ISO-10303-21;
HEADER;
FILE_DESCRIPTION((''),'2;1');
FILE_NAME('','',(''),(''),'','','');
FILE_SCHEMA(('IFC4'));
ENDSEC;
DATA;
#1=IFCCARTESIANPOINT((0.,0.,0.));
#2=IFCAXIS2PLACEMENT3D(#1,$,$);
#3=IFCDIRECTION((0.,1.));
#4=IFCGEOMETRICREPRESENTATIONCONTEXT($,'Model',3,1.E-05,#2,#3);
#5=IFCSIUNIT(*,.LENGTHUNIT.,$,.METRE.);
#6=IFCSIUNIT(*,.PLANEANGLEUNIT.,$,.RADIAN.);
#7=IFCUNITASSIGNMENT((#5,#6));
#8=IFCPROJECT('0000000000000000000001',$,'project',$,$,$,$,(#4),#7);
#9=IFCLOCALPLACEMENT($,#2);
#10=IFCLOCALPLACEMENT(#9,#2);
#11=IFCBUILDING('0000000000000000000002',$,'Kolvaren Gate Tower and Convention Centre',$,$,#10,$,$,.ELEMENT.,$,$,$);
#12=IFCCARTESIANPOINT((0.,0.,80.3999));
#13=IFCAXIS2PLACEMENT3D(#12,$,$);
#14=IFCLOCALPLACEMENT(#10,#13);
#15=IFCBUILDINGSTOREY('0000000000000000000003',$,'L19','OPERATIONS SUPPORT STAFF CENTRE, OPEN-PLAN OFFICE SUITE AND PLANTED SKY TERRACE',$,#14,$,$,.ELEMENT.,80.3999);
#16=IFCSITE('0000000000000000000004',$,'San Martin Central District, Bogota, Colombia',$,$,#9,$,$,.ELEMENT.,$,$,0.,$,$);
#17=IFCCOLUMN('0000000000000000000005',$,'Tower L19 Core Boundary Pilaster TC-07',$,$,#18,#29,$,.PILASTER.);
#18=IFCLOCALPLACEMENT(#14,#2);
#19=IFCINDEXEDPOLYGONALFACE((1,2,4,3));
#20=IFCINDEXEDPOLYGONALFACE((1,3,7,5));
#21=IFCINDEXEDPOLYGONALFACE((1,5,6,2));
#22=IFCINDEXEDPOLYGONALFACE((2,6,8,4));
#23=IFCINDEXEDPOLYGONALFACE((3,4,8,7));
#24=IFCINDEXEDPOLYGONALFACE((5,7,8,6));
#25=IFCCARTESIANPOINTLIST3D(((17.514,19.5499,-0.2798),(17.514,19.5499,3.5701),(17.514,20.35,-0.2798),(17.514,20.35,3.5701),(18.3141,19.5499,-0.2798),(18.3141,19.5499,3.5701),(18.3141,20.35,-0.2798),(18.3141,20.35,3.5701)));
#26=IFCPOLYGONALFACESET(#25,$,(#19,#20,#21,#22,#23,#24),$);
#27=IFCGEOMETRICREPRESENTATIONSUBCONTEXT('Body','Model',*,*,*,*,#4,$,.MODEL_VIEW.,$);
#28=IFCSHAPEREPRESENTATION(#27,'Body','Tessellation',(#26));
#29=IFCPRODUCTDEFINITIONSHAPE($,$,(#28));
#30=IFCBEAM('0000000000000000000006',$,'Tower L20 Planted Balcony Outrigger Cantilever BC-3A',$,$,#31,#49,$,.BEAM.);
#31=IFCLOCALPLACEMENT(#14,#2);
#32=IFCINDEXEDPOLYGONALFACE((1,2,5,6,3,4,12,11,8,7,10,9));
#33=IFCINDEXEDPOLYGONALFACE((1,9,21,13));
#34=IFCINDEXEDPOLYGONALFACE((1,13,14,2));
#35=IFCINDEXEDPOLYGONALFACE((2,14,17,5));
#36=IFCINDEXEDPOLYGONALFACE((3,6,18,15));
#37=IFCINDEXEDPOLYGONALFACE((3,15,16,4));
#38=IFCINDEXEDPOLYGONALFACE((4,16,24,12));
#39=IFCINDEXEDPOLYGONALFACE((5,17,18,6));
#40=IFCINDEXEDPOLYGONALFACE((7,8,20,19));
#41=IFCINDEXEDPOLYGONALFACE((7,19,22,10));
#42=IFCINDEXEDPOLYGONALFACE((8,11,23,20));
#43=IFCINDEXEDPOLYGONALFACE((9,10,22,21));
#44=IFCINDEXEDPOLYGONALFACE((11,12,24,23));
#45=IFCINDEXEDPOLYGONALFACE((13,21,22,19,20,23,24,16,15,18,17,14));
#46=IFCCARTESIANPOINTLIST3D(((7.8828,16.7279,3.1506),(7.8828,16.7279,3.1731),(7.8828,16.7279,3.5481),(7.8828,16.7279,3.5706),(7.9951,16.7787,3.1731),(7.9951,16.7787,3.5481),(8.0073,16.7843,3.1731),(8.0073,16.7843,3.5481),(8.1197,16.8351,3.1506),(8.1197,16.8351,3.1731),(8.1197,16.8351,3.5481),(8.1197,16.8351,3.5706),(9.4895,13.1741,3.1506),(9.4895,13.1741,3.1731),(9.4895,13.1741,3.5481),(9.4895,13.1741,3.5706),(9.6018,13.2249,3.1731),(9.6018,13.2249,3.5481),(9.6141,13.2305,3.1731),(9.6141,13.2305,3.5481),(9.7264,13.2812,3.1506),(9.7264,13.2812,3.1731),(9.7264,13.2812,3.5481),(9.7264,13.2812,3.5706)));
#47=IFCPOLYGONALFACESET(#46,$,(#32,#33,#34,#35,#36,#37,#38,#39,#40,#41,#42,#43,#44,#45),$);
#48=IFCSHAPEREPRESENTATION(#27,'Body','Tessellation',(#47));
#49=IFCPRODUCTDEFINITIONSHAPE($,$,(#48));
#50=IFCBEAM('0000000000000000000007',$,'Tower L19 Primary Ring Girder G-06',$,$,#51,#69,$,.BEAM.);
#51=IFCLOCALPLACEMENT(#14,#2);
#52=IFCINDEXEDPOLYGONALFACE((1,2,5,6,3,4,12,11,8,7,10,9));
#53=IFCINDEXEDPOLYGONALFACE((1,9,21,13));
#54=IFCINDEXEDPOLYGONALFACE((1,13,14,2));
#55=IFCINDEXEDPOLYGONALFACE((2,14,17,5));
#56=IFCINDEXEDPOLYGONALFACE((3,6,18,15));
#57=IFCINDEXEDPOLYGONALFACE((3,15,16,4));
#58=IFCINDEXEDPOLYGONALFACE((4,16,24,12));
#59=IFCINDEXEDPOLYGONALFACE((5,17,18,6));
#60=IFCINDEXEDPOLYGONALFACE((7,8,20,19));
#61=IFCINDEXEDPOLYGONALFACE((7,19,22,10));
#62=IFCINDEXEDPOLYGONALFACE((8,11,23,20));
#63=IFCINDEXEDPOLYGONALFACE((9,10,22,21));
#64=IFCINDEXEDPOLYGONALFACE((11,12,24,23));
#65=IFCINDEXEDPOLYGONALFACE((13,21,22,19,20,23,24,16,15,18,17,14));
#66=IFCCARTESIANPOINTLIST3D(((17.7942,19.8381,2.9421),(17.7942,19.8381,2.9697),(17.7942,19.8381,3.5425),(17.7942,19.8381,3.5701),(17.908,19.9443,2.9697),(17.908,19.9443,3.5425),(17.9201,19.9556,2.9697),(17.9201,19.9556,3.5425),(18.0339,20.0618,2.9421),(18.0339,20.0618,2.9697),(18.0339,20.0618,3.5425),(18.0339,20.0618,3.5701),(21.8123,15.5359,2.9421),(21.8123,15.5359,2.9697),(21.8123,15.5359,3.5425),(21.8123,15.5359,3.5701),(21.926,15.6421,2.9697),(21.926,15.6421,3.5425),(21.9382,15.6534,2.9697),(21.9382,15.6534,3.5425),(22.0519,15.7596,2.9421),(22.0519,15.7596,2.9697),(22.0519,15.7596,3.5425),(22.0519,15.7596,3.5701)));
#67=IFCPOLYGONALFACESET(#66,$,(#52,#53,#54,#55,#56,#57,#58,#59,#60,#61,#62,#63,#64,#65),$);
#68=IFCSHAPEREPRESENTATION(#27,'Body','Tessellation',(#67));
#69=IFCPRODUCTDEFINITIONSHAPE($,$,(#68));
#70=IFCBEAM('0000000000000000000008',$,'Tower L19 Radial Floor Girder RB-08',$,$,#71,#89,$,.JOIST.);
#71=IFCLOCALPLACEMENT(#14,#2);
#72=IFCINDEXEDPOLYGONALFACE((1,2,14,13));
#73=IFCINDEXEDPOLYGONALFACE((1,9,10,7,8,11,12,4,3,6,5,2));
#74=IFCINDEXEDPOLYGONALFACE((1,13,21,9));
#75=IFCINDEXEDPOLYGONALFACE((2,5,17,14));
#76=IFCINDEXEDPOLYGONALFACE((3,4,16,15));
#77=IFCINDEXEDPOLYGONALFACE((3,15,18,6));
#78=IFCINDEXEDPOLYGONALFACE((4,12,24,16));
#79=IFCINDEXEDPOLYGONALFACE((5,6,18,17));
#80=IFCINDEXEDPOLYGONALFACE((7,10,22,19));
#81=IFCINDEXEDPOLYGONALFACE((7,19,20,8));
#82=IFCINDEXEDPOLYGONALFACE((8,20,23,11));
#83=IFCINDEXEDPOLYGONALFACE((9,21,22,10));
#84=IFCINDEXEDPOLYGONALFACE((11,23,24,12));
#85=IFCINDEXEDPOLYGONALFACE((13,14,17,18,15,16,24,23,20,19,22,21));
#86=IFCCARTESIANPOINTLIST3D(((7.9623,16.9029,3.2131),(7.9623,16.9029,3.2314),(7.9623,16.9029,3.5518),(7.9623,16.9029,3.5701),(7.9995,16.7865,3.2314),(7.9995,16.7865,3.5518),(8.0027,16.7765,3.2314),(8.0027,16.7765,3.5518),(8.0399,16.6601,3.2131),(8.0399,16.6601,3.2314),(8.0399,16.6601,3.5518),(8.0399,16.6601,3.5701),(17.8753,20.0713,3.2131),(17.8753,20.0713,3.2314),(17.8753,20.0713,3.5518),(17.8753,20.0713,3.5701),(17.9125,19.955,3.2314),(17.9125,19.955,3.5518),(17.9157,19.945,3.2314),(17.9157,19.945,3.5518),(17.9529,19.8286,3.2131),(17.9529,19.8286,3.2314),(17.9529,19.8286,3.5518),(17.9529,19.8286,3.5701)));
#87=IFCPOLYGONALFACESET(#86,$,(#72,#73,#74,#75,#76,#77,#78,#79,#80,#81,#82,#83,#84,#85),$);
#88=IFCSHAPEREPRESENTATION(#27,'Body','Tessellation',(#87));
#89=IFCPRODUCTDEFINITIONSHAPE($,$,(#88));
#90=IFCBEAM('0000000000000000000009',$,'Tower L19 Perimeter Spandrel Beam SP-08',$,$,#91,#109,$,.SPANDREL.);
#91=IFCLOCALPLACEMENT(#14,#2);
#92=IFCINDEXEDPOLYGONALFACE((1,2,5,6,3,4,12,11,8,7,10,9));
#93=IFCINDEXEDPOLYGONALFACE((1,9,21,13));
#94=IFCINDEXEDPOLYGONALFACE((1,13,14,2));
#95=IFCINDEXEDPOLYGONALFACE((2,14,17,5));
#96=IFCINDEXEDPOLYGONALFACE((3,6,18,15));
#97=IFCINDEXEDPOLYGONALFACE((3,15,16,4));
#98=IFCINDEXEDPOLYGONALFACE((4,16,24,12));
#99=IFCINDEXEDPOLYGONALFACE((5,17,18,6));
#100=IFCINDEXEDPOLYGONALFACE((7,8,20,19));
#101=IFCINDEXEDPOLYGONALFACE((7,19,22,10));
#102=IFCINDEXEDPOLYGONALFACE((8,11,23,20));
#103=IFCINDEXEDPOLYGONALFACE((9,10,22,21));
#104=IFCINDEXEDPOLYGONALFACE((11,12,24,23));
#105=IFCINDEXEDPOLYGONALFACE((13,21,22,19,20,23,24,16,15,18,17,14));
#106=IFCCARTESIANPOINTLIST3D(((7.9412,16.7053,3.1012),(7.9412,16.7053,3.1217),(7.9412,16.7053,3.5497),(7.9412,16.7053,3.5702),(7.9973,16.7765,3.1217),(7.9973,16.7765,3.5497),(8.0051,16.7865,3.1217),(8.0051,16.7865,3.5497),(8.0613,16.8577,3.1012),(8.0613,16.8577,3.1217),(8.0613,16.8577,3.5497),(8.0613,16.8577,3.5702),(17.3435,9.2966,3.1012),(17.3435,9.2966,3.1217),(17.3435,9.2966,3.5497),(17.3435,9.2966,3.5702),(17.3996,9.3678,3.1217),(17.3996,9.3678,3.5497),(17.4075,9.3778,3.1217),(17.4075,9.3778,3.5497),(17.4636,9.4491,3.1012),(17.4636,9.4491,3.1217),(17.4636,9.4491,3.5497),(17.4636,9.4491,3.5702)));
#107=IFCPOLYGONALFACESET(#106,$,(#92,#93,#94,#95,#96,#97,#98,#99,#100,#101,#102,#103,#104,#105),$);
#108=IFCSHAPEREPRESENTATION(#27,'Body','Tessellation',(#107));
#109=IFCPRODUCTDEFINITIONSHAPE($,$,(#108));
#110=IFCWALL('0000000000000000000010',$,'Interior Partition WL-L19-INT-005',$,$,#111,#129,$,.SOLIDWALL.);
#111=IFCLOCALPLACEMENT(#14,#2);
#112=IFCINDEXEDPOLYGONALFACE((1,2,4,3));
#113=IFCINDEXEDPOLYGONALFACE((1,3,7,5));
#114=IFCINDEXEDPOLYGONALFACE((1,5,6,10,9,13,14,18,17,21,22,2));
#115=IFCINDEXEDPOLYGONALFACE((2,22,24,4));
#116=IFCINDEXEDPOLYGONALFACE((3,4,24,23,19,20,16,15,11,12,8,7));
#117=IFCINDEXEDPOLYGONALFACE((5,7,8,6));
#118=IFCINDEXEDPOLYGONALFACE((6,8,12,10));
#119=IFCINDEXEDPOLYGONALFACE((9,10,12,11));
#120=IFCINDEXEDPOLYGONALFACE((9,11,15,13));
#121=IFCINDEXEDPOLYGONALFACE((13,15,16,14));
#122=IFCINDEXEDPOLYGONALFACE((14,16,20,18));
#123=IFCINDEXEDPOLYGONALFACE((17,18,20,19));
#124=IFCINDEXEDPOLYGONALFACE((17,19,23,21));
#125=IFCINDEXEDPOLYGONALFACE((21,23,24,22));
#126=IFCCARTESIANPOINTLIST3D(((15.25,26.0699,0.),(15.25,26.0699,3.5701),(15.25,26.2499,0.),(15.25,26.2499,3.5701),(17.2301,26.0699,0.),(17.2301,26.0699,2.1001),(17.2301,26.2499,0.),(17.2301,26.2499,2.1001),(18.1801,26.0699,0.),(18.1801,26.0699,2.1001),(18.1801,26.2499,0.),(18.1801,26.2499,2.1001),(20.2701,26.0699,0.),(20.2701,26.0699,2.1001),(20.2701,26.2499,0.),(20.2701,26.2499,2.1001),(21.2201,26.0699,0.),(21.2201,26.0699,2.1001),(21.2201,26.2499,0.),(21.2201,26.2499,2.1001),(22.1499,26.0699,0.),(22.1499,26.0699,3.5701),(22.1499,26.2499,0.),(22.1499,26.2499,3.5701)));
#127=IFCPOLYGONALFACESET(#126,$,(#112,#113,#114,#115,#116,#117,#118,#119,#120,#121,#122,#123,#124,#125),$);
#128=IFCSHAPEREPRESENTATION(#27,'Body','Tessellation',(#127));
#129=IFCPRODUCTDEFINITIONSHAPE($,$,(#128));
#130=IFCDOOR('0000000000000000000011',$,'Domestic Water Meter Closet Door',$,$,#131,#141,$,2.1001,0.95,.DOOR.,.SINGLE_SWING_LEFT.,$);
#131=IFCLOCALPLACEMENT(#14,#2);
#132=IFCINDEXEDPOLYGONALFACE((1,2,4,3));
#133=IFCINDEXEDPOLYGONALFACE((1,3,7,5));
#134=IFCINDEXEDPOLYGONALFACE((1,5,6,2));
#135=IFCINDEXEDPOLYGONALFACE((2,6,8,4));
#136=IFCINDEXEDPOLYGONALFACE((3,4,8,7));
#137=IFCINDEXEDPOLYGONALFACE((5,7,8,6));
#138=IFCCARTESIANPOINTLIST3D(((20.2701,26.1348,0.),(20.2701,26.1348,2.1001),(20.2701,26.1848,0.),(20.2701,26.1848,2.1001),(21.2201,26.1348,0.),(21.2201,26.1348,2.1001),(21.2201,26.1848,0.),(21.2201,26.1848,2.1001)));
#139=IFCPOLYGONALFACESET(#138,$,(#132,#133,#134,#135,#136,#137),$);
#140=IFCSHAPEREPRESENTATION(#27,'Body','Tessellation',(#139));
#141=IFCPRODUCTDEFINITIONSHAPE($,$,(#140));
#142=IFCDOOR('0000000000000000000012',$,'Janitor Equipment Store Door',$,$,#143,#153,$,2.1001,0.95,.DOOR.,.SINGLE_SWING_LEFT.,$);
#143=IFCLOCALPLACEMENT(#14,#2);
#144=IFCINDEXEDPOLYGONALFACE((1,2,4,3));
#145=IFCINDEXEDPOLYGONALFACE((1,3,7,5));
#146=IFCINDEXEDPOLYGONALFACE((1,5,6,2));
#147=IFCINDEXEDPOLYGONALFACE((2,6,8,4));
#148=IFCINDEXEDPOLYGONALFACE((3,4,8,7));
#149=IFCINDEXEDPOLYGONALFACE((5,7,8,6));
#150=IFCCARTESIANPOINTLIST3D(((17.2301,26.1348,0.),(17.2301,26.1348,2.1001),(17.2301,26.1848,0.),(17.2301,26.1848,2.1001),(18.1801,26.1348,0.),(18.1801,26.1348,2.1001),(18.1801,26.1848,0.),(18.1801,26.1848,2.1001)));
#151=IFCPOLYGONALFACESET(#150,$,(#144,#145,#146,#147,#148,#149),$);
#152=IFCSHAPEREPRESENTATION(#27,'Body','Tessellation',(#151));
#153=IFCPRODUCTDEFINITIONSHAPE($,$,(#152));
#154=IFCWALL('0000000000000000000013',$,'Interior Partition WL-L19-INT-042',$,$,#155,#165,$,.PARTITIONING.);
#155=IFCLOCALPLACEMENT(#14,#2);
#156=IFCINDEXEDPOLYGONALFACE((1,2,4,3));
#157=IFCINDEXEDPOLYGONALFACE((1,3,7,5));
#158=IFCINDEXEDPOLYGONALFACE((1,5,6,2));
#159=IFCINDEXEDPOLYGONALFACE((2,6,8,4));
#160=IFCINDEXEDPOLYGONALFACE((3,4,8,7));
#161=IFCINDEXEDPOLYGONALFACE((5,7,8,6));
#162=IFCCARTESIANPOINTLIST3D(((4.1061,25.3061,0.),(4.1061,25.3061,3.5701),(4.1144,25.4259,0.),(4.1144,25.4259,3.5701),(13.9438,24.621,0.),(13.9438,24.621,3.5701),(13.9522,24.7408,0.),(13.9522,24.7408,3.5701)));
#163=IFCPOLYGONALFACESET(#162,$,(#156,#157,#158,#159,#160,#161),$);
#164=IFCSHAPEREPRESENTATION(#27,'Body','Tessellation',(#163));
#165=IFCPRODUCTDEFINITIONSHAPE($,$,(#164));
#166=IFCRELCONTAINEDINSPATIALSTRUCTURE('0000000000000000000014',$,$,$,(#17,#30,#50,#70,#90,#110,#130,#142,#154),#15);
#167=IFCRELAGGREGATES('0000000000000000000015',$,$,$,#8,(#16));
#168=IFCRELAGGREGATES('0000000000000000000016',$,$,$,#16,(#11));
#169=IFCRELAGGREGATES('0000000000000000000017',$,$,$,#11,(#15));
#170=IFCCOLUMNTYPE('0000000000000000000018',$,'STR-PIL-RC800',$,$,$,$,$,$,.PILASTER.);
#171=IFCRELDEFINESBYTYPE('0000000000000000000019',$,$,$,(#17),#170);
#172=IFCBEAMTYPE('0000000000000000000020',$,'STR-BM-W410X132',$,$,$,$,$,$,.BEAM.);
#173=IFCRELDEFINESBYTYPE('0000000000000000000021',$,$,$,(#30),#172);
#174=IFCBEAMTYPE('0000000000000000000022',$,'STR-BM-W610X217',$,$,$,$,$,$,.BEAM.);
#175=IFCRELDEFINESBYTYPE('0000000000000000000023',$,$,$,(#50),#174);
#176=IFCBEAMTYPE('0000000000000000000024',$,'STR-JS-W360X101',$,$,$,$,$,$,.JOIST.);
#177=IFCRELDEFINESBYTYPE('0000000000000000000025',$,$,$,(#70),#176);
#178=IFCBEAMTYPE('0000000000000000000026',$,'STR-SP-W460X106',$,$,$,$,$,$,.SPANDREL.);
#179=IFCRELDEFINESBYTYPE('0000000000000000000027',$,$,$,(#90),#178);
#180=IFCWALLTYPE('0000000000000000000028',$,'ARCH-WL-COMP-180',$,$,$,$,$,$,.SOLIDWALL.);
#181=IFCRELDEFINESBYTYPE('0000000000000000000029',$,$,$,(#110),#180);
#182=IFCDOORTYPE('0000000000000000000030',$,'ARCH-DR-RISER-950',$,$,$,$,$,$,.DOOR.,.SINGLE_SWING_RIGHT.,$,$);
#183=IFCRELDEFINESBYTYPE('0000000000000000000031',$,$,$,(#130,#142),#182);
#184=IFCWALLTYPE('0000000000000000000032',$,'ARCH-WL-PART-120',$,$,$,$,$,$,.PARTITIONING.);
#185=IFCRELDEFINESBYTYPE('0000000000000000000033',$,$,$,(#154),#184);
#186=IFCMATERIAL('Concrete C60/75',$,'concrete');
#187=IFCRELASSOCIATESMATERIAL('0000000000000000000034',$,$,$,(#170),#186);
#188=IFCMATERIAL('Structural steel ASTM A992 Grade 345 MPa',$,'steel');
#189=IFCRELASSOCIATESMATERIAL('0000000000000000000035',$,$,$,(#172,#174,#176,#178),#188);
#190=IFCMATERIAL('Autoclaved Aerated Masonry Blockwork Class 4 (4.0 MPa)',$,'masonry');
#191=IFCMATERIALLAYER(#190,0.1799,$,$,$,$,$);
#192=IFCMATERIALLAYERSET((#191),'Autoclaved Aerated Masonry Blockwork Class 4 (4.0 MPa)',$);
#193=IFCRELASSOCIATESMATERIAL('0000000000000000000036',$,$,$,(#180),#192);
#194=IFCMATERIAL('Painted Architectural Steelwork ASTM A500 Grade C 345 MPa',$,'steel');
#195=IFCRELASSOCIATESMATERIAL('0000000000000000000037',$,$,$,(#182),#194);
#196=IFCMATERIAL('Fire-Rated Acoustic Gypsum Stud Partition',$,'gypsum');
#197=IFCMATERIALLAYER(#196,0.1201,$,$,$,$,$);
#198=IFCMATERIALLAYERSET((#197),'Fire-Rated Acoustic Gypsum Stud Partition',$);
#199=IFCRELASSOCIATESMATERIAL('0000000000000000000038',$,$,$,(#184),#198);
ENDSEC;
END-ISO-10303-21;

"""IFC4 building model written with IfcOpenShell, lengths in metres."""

from ifc_helpers import new_model, si_unit, direction, frame, frame_2d, origin, origin_2d, place, context, subcontext, project, spatial, rectangle, i_section, extrude, material, layer, layer_set, material_profile, profile_set, type_object, element, fill, save


model = new_model("IFC4")

# Units and contexts
model_context = context("Model", 3, precision=1e-05, world=origin(), true_north=direction((0.0, 1.0)))
body_context = subcontext(model_context, "Body", "Model", "MODEL_VIEW")
ifc_project = project(units=[si_unit("LENGTHUNIT", "METRE"), si_unit("PLANEANGLEUNIT", "RADIAN")], contexts=[model_context])

# Site, building, storey
site_placement = place(None, origin())
site = spatial("IfcSite", under=ifc_project, at=site_placement, Name="San Martin Central District, Bogota, Colombia", CompositionType="ELEMENT", RefElevation=0.0)
building_placement = place(site_placement, origin())
building = spatial("IfcBuilding", under=site, at=building_placement, Name="Kolvaren Gate Tower and Convention Centre", CompositionType="ELEMENT")
storey_placement = place(building_placement, frame((0.0, 0.0, 80.3999)))
storey = spatial("IfcBuildingStorey", under=building, at=storey_placement, Name="L19", Description="OPERATIONS SUPPORT STAFF CENTRE, OPEN-PLAN OFFICE SUITE AND PLANTED SKY TERRACE", CompositionType="ELEMENT", Elevation=80.3999)

# Column
ifc_material_1 = material(Name="Concrete C60/75", Category="concrete")
ifc_material_profile_1 = material_profile(ifc_material_1, rectangle(XDim=0.8, YDim=0.8, at=origin_2d()), Name="RC-COL-800X800")
ifc_profile_set_1 = profile_set([ifc_material_profile_1], Name="Concrete C60/75")
column_type = type_object("IfcColumnType", Name="STR-PIL-RC800", PredefinedType="PILASTER", material=ifc_profile_set_1)
column_placement = place(storey_placement, frame((17.9141, 19.95, -0.2798), z_axis=(0.0, 0.0, 1.0), x_axis=(1.0, 0.0, 0.0)))
element("IfcColumn", 1, at=column_placement, inside=storey, type_object=column_type, Name="Tower L19 Core Boundary Pilaster TC-07", PredefinedType="PILASTER", context=body_context, shape_type="SweptSolid", body=[
    extrude(rectangle(XDim=0.8, YDim=0.8, at=origin_2d()), origin(), (0.0, 0.0, 1.0), 3.8499),
])

# Beams
ifc_material_2 = material(Name="Structural steel ASTM A992 Grade 345 MPa", Category="steel")
ifc_material_profile_2 = material_profile(ifc_material_2, i_section(OverallWidth=0.26, OverallDepth=0.4199, WebThickness=0.0134, FlangeThickness=0.0225, at=origin_2d()), Name="W410X132")
ifc_profile_set_2 = profile_set([ifc_material_profile_2], Name="Structural steel ASTM A992 Grade 345 MPa")
beam_type_1 = type_object("IfcBeamType", Name="STR-BM-W410X132", PredefinedType="BEAM", material=ifc_profile_set_2)
beam_1_placement = place(storey_placement, frame((8.0012, 16.7815, 3.3606), z_axis=(0.411967, -0.911199, 0.0), x_axis=(0.911199, 0.411967, 0.0)))
element("IfcBeam", 2, at=beam_1_placement, inside=storey, type_object=beam_type_1, Name="Tower L20 Planted Balcony Outrigger Cantilever BC-3A", PredefinedType="BEAM", context=body_context, shape_type="SweptSolid", body=[
    extrude(i_section(OverallWidth=0.26, OverallDepth=0.4199, WebThickness=0.0134, FlangeThickness=0.0225, at=origin_2d()), origin(), (0.0, 0.0, 1.0), 3.9001),
])
ifc_material_profile_3 = material_profile(ifc_material_2, i_section(OverallWidth=0.3279, OverallDepth=0.6279, WebThickness=0.0166, FlangeThickness=0.0276, at=origin_2d()), Name="W610X217")
ifc_profile_set_3 = profile_set([ifc_material_profile_3], Name="Structural steel ASTM A992 Grade 345 MPa")
beam_type_2 = type_object("IfcBeamType", Name="STR-BM-W610X217", PredefinedType="BEAM", material=ifc_profile_set_3)
beam_2_placement = place(storey_placement, frame((17.9141, 19.95, 3.2561), z_axis=(0.682558, -0.730832, 0.0), x_axis=(0.730832, 0.682558, 0.0)))
element("IfcBeam", 3, at=beam_2_placement, inside=storey, type_object=beam_type_2, Name="Tower L19 Primary Ring Girder G-06", PredefinedType="BEAM", context=body_context, shape_type="SweptSolid", body=[
    extrude(i_section(OverallWidth=0.3279, OverallDepth=0.6279, WebThickness=0.0166, FlangeThickness=0.0276, at=origin_2d()), origin(), (0.0, 0.0, 1.0), 5.8867),
])
ifc_material_profile_4 = material_profile(ifc_material_2, i_section(OverallWidth=0.2549, OverallDepth=0.3569, WebThickness=0.0105, FlangeThickness=0.0183, at=origin_2d()), Name="W360X101")
ifc_profile_set_4 = profile_set([ifc_material_profile_4], Name="Structural steel ASTM A992 Grade 345 MPa")
beam_type_3 = type_object("IfcBeamType", Name="STR-JS-W360X101", PredefinedType="JOIST", material=ifc_profile_set_4)
beam_3_placement = place(storey_placement, frame((17.9141, 19.95, 3.3916), z_axis=(-0.952526, -0.304457, 0.0), x_axis=(0.304457, -0.952526, 0.0)))
element("IfcBeam", 4, at=beam_3_placement, inside=storey, type_object=beam_type_3, Name="Tower L19 Radial Floor Girder RB-08", PredefinedType="JOIST", context=body_context, shape_type="SweptSolid", body=[
    extrude(i_section(OverallWidth=0.2549, OverallDepth=0.3569, WebThickness=0.0105, FlangeThickness=0.0183, at=origin_2d()), origin(), (0.0, 0.0, 1.0), 10.407),
])
ifc_material_profile_5 = material_profile(ifc_material_2, i_section(OverallWidth=0.1941, OverallDepth=0.469, WebThickness=0.0127, FlangeThickness=0.0205, at=origin_2d()), Name="W460X106")
ifc_profile_set_5 = profile_set([ifc_material_profile_5], Name="Structural steel ASTM A992 Grade 345 MPa")
beam_type_4 = type_object("IfcBeamType", Name="STR-SP-W460X106", PredefinedType="SPANDREL", material=ifc_profile_set_5)
beam_4_placement = place(storey_placement, frame((8.0012, 16.7815, 3.3357), z_axis=(0.78546, -0.618913, 0.0), x_axis=(0.618913, 0.78546, 0.0)))
element("IfcBeam", 5, at=beam_4_placement, inside=storey, type_object=beam_type_4, Name="Tower L19 Perimeter Spandrel Beam SP-08", PredefinedType="SPANDREL", context=body_context, shape_type="SweptSolid", body=[
    extrude(i_section(OverallWidth=0.1941, OverallDepth=0.469, WebThickness=0.0127, FlangeThickness=0.0205, at=origin_2d()), origin(), (0.0, 0.0, 1.0), 11.9705),
])

# Wall, openings, doors
ifc_material_3 = material(Name="Autoclaved Aerated Masonry Blockwork Class 4 (4.0 MPa)", Category="masonry")
ifc_layer_1 = layer(ifc_material_3, 0.1799)
ifc_layer_set_1 = layer_set([ifc_layer_1], Name="Autoclaved Aerated Masonry Blockwork Class 4 (4.0 MPa)")
wall_type_1 = type_object("IfcWallType", Name="ARCH-WL-COMP-180", PredefinedType="SOLIDWALL", material=ifc_layer_set_1)
wall_1_placement = place(storey_placement, frame((15.25, 26.1599, 0.0), z_axis=(0.0, 0.0, 1.0), x_axis=(1.0, 0.0, 0.0)))
wall_1 = element("IfcWall", 6, at=wall_1_placement, inside=storey, type_object=wall_type_1, Name="Interior Partition WL-L19-INT-005", PredefinedType="SOLIDWALL", context=body_context, shape_type="SweptSolid", body=[
    extrude(rectangle(XDim=6.8999, YDim=0.1799, at=frame_2d((3.45, 0.0))), origin(), (0.0, 0.0, 1.0), 3.5701),
])
opening_1_placement = place(wall_1_placement, frame((5.02, 0.0, 0.0)))
opening_1 = element("IfcOpeningElement", 7, at=opening_1_placement, cuts=wall_1, PredefinedType="OPENING", context=body_context, shape_type="SweptSolid", body=[
    extrude(rectangle(XDim=0.95, YDim=2.1001, at=frame_2d((0.4751, 1.05))), frame((0.0, 0.0999, 0.0), z_axis=(0.0, -1.0, 0.0), x_axis=(1.0, 0.0, 0.0)), (0.0, 0.0, 1.0), 0.2),
])
opening_2_placement = place(wall_1_placement, frame((1.98, 0.0, 0.0)))
opening_2 = element("IfcOpeningElement", 8, at=opening_2_placement, cuts=wall_1, PredefinedType="OPENING", context=body_context, shape_type="SweptSolid", body=[
    extrude(rectangle(XDim=0.95, YDim=2.1001, at=frame_2d((0.4751, 1.05))), frame((0.0, 0.0999, 0.0), z_axis=(0.0, -1.0, 0.0), x_axis=(1.0, 0.0, 0.0)), (0.0, 0.0, 1.0), 0.2),
])
ifc_material_4 = material(Name="Painted Architectural Steelwork ASTM A500 Grade C 345 MPa", Category="steel")
door_type = type_object("IfcDoorType", Name="ARCH-DR-RISER-950", OperationType="SINGLE_SWING_RIGHT", PredefinedType="DOOR", material=ifc_material_4)
door_1_placement = place(opening_1_placement, origin())
door_1 = element("IfcDoor", 9, at=door_1_placement, inside=storey, type_object=door_type, Name="Domestic Water Meter Closet Door", OperationType="SINGLE_SWING_LEFT", OverallHeight=2.1001, OverallWidth=0.95, PredefinedType="DOOR", context=body_context, shape_type="SweptSolid", body=[
    extrude(rectangle(XDim=0.95, YDim=2.1001, at=frame_2d((0.4751, 1.05))), frame((0.0, 0.0249, 0.0), z_axis=(0.0, -1.0, 0.0), x_axis=(1.0, 0.0, 0.0)), (0.0, 0.0, 1.0), 0.05),
])
fill(opening_1, door_1)
door_2_placement = place(opening_2_placement, origin())
door_2 = element("IfcDoor", 10, at=door_2_placement, inside=storey, type_object=door_type, Name="Janitor Equipment Store Door", OperationType="SINGLE_SWING_LEFT", OverallHeight=2.1001, OverallWidth=0.95, PredefinedType="DOOR", context=body_context, shape_type="SweptSolid", body=[
    extrude(rectangle(XDim=0.95, YDim=2.1001, at=frame_2d((0.4751, 1.05))), frame((0.0, 0.0249, 0.0), z_axis=(0.0, -1.0, 0.0), x_axis=(1.0, 0.0, 0.0)), (0.0, 0.0, 1.0), 0.05),
])
fill(opening_2, door_2)

# Wall
ifc_material_5 = material(Name="Fire-Rated Acoustic Gypsum Stud Partition", Category="gypsum")
ifc_layer_2 = layer(ifc_material_5, 0.1201)
ifc_layer_set_2 = layer_set([ifc_layer_2], Name="Fire-Rated Acoustic Gypsum Stud Partition")
wall_type_2 = type_object("IfcWallType", Name="ARCH-WL-PART-120", PredefinedType="PARTITIONING", material=ifc_layer_set_2)
wall_2_placement = place(storey_placement, frame((4.1104, 25.366, 0.0), z_axis=(0.0, 0.0, 1.0), x_axis=(0.997584, -0.069468, 0.0)))
element("IfcWall", 11, at=wall_2_placement, inside=storey, type_object=wall_type_2, Name="Interior Partition WL-L19-INT-042", PredefinedType="PARTITIONING", context=body_context, shape_type="SweptSolid", body=[
    extrude(rectangle(XDim=9.8616, YDim=0.1201, at=frame_2d((4.9307, 0.0))), origin(), (0.0, 0.0, 1.0), 3.5701),
])

save(model, "model.ifc")
